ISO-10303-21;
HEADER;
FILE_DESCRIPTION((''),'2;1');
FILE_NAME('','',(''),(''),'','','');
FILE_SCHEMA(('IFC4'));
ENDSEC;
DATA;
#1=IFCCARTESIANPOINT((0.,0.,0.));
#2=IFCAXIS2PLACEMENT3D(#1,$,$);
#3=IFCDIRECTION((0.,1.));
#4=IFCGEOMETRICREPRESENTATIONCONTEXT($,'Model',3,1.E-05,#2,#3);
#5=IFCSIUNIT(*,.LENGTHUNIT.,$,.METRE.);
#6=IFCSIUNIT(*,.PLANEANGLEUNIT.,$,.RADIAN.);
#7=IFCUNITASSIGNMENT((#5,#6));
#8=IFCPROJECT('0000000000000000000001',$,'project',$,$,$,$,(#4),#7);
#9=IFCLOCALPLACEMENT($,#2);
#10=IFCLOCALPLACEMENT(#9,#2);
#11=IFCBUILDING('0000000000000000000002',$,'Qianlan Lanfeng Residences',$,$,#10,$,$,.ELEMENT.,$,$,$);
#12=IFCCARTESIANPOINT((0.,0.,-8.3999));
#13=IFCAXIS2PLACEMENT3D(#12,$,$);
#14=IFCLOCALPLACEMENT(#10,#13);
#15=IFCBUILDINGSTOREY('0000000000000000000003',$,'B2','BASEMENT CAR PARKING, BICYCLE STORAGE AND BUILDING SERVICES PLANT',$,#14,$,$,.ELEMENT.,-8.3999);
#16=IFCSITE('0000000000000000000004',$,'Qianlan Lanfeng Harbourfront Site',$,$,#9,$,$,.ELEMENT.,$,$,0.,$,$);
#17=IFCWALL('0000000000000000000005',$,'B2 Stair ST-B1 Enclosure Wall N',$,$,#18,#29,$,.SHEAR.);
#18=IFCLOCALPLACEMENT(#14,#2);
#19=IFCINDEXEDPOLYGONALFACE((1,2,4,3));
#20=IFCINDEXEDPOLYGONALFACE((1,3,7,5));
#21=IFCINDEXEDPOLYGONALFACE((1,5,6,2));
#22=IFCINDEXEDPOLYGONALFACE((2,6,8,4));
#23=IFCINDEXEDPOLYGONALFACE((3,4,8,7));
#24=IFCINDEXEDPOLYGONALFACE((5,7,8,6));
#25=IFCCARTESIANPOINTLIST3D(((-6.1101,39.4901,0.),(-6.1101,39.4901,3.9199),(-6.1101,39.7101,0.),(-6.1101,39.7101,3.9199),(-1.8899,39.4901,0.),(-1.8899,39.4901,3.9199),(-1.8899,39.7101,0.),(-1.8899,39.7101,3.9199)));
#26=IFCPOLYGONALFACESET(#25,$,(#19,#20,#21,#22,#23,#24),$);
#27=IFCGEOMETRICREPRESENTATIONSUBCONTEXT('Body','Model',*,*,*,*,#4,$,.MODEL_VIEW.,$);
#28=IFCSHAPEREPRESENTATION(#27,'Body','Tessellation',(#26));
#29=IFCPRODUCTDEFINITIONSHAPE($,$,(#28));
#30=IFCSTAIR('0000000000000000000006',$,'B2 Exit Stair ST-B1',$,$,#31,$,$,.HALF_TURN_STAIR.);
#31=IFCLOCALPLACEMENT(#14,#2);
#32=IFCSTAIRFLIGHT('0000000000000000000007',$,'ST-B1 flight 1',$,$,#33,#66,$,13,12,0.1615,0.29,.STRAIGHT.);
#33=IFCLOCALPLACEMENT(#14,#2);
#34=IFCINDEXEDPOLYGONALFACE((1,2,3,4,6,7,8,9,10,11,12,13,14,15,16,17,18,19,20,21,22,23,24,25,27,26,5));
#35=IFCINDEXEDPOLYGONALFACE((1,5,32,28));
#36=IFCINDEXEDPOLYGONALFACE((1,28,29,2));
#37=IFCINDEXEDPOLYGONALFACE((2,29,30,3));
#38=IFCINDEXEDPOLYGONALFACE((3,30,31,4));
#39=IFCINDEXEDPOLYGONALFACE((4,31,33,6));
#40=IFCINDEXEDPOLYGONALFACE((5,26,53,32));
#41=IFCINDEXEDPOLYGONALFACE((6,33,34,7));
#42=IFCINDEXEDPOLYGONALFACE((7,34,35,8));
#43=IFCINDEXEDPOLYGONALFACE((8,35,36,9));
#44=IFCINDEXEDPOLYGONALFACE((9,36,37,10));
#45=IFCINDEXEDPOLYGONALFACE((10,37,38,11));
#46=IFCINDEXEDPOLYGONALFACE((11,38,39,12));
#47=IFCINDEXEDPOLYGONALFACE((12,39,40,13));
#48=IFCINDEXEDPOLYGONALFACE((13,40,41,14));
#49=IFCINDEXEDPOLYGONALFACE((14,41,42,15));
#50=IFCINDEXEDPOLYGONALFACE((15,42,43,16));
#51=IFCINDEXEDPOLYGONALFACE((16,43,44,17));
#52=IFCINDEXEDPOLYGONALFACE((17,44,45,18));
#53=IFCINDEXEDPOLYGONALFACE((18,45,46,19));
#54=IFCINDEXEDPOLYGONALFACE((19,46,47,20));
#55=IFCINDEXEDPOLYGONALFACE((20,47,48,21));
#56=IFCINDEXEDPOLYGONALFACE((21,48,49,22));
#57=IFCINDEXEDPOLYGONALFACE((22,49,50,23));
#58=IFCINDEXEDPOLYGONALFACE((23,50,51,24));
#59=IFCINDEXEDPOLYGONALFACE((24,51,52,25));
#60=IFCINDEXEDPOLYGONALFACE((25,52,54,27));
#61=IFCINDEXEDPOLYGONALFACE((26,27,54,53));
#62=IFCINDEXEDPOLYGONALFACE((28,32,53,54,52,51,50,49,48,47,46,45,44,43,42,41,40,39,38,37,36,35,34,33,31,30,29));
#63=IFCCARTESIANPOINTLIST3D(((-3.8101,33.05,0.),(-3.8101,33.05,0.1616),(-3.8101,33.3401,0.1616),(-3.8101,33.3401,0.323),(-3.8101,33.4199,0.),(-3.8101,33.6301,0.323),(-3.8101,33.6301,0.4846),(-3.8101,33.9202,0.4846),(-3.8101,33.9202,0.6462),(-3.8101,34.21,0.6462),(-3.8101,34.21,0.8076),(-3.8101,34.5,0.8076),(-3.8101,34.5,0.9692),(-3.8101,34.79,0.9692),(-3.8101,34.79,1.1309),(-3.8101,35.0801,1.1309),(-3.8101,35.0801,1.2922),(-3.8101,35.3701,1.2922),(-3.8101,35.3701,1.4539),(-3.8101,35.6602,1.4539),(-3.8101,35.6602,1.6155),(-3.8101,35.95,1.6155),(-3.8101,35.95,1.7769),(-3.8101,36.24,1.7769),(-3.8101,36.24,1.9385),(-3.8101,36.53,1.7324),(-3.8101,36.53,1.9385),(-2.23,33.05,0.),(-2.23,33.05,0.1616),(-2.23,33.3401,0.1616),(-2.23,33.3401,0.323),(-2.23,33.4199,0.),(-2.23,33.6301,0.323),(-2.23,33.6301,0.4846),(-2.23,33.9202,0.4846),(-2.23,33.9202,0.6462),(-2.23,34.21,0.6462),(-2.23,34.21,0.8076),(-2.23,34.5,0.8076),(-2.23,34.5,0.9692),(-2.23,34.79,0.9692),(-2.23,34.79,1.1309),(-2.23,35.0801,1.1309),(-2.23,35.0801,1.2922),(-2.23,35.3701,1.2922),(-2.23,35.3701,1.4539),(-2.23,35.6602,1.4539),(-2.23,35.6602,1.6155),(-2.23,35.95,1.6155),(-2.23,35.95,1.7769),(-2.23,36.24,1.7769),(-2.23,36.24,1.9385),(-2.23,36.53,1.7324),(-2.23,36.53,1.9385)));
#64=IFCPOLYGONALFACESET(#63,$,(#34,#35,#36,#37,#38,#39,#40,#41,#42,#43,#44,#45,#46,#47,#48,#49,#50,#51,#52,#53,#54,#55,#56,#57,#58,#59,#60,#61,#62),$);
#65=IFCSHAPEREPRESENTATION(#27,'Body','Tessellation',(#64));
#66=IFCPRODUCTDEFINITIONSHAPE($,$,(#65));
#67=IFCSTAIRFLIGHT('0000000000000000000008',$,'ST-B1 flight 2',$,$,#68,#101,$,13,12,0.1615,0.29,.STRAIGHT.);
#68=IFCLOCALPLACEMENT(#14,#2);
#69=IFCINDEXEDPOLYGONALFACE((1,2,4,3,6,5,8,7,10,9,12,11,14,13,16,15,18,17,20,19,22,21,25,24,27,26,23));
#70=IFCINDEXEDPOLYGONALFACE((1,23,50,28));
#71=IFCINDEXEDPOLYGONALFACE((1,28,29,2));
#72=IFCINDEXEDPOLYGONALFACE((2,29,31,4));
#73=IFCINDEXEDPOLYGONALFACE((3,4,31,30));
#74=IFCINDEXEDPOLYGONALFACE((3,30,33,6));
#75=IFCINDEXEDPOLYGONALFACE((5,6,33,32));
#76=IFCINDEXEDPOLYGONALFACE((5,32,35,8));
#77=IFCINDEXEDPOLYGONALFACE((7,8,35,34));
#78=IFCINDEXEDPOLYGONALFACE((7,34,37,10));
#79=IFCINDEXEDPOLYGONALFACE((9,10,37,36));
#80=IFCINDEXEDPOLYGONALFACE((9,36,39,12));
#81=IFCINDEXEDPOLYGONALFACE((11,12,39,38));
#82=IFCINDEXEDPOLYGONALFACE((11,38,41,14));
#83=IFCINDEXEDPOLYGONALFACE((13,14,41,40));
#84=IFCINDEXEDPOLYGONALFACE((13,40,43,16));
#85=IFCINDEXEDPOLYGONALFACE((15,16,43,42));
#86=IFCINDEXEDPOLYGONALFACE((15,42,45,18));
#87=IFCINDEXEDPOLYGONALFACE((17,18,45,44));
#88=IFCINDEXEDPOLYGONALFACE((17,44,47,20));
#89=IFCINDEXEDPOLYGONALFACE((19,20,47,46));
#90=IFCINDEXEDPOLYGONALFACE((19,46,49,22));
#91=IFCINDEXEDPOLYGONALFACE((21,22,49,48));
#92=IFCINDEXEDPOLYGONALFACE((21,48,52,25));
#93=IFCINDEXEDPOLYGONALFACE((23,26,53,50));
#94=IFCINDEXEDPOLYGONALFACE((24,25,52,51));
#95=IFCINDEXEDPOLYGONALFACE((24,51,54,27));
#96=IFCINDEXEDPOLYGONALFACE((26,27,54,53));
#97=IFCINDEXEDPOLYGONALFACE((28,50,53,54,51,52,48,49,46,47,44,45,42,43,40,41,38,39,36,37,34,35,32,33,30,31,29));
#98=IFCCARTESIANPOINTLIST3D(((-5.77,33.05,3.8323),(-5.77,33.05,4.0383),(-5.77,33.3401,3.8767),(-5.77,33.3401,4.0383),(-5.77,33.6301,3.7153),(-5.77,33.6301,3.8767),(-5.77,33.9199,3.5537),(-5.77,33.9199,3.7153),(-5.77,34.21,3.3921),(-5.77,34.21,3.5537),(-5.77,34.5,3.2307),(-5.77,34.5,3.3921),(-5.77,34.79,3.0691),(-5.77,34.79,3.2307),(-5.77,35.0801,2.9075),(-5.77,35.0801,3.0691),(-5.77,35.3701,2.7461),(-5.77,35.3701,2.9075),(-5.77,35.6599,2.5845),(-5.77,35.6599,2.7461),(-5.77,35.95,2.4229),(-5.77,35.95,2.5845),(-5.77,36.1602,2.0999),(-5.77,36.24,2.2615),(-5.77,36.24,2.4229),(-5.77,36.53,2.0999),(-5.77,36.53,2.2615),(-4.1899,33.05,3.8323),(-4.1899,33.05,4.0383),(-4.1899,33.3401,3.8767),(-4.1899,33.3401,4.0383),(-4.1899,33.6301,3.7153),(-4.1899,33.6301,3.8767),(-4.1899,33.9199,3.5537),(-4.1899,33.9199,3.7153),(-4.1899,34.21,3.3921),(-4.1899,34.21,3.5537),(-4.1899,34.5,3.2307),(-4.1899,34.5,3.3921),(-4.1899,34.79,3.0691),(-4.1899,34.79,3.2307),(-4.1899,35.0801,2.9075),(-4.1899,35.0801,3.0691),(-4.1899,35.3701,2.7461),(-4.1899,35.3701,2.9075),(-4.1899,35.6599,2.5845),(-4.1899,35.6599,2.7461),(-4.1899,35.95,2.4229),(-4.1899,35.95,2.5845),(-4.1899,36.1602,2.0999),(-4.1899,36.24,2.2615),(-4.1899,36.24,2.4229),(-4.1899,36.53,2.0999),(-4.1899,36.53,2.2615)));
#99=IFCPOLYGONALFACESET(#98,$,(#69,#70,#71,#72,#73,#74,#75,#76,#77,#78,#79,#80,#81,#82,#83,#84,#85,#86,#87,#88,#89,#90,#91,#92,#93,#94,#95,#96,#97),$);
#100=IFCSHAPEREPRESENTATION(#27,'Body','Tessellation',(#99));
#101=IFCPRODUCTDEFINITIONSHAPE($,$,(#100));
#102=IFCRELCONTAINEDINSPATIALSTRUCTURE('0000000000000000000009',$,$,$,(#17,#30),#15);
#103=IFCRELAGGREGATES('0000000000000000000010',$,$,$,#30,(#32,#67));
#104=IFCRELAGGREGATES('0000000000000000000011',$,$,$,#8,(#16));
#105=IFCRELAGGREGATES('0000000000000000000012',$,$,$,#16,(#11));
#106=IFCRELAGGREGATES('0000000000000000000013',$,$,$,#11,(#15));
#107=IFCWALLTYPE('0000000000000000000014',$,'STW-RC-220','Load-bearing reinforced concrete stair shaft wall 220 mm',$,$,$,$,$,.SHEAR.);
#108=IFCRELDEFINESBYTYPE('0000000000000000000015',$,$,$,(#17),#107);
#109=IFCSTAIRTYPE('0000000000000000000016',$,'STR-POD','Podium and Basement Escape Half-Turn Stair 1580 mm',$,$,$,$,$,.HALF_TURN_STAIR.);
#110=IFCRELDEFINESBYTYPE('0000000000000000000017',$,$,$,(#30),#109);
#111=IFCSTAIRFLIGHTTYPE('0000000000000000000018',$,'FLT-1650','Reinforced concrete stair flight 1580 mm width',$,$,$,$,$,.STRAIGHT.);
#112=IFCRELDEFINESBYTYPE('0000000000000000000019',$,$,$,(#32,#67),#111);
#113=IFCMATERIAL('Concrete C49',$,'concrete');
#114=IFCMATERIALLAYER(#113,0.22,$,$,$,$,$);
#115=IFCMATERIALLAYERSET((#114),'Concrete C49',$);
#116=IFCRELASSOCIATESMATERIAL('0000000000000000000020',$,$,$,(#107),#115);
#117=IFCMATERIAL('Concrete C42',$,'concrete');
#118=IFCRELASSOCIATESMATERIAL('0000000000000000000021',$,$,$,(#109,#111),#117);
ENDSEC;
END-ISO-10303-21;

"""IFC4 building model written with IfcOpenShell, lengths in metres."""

from ifc_helpers import new_model, si_unit, direction, frame, frame_2d, origin, place, context, subcontext, project, spatial, polyline, rectangle, outline, extrude, material, layer, layer_set, type_object, element, aggregate, save


model = new_model("IFC4")

# Units and contexts
model_context = context("Model", 3, precision=1e-05, world=origin(), true_north=direction((0.0, 1.0)))
body_context = subcontext(model_context, "Body", "Model", "MODEL_VIEW")
ifc_project = project(units=[si_unit("LENGTHUNIT", "METRE"), si_unit("PLANEANGLEUNIT", "RADIAN")], contexts=[model_context])

# Site, building, storey
site_placement = place(None, origin())
site = spatial("IfcSite", under=ifc_project, at=site_placement, Name="Qianlan Lanfeng Harbourfront Site", CompositionType="ELEMENT", RefElevation=0.0)
building_placement = place(site_placement, origin())
building = spatial("IfcBuilding", under=site, at=building_placement, Name="Qianlan Lanfeng Residences", CompositionType="ELEMENT")
storey_placement = place(building_placement, frame((0.0, 0.0, -8.3999)))
storey = spatial("IfcBuildingStorey", under=building, at=storey_placement, Name="B2", Description="BASEMENT CAR PARKING, BICYCLE STORAGE AND BUILDING SERVICES PLANT", CompositionType="ELEMENT", Elevation=-8.3999)

# Shared definitions
ifc_material_1 = material(Name="Concrete C42", Category="concrete")

# Shared definitions
ifc_material_2 = material(Name="Concrete C49", Category="concrete")

# Wall
ifc_layer_1 = layer(ifc_material_2, 0.22)
ifc_layer_set_1 = layer_set([ifc_layer_1], Name="Concrete C49")
wall_type_1 = type_object("IfcWallType", Name="STW-RC-220", Description="Load-bearing reinforced concrete stair shaft wall 220 mm", PredefinedType="SHEAR", material=ifc_layer_set_1)
wall_1_placement = place(storey_placement, frame((-6.1101, 39.6001, 0.0), z_axis=(0.0, 0.0, 1.0), x_axis=(1.0, 0.0, 0.0)))
element("IfcWall", 1, at=wall_1_placement, inside=storey, type_object=wall_type_1, Name="B2 Stair ST-B1 Enclosure Wall N", PredefinedType="SHEAR", context=body_context, shape_type="SweptSolid", body=[
    extrude(rectangle(XDim=4.2202, YDim=0.22, at=frame_2d((2.1101, 0.0))), origin(), (0.0, 0.0, 1.0), 3.9199),
])

# Stair, stair flights
stair_type = type_object("IfcStairType", Name="STR-POD", Description="Podium and Basement Escape Half-Turn Stair 1580 mm", PredefinedType="HALF_TURN_STAIR", material=ifc_material_1)
stair_placement = place(storey_placement, origin())
stair = element("IfcStair", 2, at=stair_placement, inside=storey, type_object=stair_type, Name="B2 Exit Stair ST-B1", PredefinedType="HALF_TURN_STAIR")
stair_flight_type = type_object("IfcStairFlightType", Name="FLT-1650", Description="Reinforced concrete stair flight 1580 mm width", PredefinedType="STRAIGHT", material=ifc_material_1)
stair_flight_1_placement = place(storey_placement, frame((-3.02, 33.05, 0.0), z_axis=(0.0, 0.0, 1.0), x_axis=(0.0, 1.0, 0.0)))
stair_flight_1 = element("IfcStairFlight", 3, at=stair_flight_1_placement, type_object=stair_flight_type, Name="ST-B1 flight 1", NumberOfRisers=13, NumberOfTreads=12, PredefinedType="STRAIGHT", RiserHeight=0.1615, TreadLength=0.29, context=body_context, shape_type="SweptSolid", body=[
    extrude(outline(polyline([(0.0, 0.0), (0.0, 0.1616), (0.29, 0.1616), (0.29, 0.323), (0.5801, 0.323), (0.5801, 0.4846), (0.8701, 0.4846), (0.8701, 0.6462), (1.1599, 0.6462), (1.1599, 0.8076), (1.45, 0.8076), (1.45, 0.9692), (1.74, 0.9692), (1.74, 1.1309), (2.03, 1.1309), (2.03, 1.2922), (2.3201, 1.2922), (2.3201, 1.4539), (2.6101, 1.4539), (2.6101, 1.6155), (2.8999, 1.6155), (2.8999, 1.7769), (3.1899, 1.7769), (3.1899, 1.9385), (3.48, 1.9385), (3.48, 2.1001), (3.48, 1.7324), (0.3699, 0.0), (0.0, 0.0)])), frame((0.0, 0.79, 0.0), z_axis=(0.0, -1.0, 0.0), x_axis=(1.0, 0.0, 0.0)), (0.0, 0.0, 1.0), 1.5801),
])
stair_flight_2_placement = place(storey_placement, frame((-4.98, 36.53, 2.0999), z_axis=(0.0, 0.0, 1.0), x_axis=(0.0, -1.0, 0.0)))
stair_flight_2 = element("IfcStairFlight", 4, at=stair_flight_2_placement, type_object=stair_flight_type, Name="ST-B1 flight 2", NumberOfRisers=13, NumberOfTreads=12, PredefinedType="STRAIGHT", RiserHeight=0.1615, TreadLength=0.29, context=body_context, shape_type="SweptSolid", body=[
    extrude(outline(polyline([(0.0, 0.0), (0.0, 0.1616), (0.29, 0.1616), (0.29, 0.323), (0.5801, 0.323), (0.5801, 0.4846), (0.8701, 0.4846), (0.8701, 0.6462), (1.1599, 0.6462), (1.1599, 0.8076), (1.45, 0.8076), (1.45, 0.9692), (1.74, 0.9692), (1.74, 1.1309), (2.03, 1.1309), (2.03, 1.2922), (2.3201, 1.2922), (2.3201, 1.4539), (2.6101, 1.4539), (2.6101, 1.6155), (2.8999, 1.6155), (2.8999, 1.7769), (3.1899, 1.7769), (3.1899, 1.9385), (3.48, 1.9385), (3.48, 2.1001), (3.48, 1.7324), (0.3699, 0.0), (0.0, 0.0)])), frame((0.0, 0.79, 0.0), z_axis=(0.0, -1.0, 0.0), x_axis=(1.0, 0.0, 0.0)), (0.0, 0.0, 1.0), 1.5801),
])
aggregate(stair, [stair_flight_1, stair_flight_2])

save(model, "model.ifc")
